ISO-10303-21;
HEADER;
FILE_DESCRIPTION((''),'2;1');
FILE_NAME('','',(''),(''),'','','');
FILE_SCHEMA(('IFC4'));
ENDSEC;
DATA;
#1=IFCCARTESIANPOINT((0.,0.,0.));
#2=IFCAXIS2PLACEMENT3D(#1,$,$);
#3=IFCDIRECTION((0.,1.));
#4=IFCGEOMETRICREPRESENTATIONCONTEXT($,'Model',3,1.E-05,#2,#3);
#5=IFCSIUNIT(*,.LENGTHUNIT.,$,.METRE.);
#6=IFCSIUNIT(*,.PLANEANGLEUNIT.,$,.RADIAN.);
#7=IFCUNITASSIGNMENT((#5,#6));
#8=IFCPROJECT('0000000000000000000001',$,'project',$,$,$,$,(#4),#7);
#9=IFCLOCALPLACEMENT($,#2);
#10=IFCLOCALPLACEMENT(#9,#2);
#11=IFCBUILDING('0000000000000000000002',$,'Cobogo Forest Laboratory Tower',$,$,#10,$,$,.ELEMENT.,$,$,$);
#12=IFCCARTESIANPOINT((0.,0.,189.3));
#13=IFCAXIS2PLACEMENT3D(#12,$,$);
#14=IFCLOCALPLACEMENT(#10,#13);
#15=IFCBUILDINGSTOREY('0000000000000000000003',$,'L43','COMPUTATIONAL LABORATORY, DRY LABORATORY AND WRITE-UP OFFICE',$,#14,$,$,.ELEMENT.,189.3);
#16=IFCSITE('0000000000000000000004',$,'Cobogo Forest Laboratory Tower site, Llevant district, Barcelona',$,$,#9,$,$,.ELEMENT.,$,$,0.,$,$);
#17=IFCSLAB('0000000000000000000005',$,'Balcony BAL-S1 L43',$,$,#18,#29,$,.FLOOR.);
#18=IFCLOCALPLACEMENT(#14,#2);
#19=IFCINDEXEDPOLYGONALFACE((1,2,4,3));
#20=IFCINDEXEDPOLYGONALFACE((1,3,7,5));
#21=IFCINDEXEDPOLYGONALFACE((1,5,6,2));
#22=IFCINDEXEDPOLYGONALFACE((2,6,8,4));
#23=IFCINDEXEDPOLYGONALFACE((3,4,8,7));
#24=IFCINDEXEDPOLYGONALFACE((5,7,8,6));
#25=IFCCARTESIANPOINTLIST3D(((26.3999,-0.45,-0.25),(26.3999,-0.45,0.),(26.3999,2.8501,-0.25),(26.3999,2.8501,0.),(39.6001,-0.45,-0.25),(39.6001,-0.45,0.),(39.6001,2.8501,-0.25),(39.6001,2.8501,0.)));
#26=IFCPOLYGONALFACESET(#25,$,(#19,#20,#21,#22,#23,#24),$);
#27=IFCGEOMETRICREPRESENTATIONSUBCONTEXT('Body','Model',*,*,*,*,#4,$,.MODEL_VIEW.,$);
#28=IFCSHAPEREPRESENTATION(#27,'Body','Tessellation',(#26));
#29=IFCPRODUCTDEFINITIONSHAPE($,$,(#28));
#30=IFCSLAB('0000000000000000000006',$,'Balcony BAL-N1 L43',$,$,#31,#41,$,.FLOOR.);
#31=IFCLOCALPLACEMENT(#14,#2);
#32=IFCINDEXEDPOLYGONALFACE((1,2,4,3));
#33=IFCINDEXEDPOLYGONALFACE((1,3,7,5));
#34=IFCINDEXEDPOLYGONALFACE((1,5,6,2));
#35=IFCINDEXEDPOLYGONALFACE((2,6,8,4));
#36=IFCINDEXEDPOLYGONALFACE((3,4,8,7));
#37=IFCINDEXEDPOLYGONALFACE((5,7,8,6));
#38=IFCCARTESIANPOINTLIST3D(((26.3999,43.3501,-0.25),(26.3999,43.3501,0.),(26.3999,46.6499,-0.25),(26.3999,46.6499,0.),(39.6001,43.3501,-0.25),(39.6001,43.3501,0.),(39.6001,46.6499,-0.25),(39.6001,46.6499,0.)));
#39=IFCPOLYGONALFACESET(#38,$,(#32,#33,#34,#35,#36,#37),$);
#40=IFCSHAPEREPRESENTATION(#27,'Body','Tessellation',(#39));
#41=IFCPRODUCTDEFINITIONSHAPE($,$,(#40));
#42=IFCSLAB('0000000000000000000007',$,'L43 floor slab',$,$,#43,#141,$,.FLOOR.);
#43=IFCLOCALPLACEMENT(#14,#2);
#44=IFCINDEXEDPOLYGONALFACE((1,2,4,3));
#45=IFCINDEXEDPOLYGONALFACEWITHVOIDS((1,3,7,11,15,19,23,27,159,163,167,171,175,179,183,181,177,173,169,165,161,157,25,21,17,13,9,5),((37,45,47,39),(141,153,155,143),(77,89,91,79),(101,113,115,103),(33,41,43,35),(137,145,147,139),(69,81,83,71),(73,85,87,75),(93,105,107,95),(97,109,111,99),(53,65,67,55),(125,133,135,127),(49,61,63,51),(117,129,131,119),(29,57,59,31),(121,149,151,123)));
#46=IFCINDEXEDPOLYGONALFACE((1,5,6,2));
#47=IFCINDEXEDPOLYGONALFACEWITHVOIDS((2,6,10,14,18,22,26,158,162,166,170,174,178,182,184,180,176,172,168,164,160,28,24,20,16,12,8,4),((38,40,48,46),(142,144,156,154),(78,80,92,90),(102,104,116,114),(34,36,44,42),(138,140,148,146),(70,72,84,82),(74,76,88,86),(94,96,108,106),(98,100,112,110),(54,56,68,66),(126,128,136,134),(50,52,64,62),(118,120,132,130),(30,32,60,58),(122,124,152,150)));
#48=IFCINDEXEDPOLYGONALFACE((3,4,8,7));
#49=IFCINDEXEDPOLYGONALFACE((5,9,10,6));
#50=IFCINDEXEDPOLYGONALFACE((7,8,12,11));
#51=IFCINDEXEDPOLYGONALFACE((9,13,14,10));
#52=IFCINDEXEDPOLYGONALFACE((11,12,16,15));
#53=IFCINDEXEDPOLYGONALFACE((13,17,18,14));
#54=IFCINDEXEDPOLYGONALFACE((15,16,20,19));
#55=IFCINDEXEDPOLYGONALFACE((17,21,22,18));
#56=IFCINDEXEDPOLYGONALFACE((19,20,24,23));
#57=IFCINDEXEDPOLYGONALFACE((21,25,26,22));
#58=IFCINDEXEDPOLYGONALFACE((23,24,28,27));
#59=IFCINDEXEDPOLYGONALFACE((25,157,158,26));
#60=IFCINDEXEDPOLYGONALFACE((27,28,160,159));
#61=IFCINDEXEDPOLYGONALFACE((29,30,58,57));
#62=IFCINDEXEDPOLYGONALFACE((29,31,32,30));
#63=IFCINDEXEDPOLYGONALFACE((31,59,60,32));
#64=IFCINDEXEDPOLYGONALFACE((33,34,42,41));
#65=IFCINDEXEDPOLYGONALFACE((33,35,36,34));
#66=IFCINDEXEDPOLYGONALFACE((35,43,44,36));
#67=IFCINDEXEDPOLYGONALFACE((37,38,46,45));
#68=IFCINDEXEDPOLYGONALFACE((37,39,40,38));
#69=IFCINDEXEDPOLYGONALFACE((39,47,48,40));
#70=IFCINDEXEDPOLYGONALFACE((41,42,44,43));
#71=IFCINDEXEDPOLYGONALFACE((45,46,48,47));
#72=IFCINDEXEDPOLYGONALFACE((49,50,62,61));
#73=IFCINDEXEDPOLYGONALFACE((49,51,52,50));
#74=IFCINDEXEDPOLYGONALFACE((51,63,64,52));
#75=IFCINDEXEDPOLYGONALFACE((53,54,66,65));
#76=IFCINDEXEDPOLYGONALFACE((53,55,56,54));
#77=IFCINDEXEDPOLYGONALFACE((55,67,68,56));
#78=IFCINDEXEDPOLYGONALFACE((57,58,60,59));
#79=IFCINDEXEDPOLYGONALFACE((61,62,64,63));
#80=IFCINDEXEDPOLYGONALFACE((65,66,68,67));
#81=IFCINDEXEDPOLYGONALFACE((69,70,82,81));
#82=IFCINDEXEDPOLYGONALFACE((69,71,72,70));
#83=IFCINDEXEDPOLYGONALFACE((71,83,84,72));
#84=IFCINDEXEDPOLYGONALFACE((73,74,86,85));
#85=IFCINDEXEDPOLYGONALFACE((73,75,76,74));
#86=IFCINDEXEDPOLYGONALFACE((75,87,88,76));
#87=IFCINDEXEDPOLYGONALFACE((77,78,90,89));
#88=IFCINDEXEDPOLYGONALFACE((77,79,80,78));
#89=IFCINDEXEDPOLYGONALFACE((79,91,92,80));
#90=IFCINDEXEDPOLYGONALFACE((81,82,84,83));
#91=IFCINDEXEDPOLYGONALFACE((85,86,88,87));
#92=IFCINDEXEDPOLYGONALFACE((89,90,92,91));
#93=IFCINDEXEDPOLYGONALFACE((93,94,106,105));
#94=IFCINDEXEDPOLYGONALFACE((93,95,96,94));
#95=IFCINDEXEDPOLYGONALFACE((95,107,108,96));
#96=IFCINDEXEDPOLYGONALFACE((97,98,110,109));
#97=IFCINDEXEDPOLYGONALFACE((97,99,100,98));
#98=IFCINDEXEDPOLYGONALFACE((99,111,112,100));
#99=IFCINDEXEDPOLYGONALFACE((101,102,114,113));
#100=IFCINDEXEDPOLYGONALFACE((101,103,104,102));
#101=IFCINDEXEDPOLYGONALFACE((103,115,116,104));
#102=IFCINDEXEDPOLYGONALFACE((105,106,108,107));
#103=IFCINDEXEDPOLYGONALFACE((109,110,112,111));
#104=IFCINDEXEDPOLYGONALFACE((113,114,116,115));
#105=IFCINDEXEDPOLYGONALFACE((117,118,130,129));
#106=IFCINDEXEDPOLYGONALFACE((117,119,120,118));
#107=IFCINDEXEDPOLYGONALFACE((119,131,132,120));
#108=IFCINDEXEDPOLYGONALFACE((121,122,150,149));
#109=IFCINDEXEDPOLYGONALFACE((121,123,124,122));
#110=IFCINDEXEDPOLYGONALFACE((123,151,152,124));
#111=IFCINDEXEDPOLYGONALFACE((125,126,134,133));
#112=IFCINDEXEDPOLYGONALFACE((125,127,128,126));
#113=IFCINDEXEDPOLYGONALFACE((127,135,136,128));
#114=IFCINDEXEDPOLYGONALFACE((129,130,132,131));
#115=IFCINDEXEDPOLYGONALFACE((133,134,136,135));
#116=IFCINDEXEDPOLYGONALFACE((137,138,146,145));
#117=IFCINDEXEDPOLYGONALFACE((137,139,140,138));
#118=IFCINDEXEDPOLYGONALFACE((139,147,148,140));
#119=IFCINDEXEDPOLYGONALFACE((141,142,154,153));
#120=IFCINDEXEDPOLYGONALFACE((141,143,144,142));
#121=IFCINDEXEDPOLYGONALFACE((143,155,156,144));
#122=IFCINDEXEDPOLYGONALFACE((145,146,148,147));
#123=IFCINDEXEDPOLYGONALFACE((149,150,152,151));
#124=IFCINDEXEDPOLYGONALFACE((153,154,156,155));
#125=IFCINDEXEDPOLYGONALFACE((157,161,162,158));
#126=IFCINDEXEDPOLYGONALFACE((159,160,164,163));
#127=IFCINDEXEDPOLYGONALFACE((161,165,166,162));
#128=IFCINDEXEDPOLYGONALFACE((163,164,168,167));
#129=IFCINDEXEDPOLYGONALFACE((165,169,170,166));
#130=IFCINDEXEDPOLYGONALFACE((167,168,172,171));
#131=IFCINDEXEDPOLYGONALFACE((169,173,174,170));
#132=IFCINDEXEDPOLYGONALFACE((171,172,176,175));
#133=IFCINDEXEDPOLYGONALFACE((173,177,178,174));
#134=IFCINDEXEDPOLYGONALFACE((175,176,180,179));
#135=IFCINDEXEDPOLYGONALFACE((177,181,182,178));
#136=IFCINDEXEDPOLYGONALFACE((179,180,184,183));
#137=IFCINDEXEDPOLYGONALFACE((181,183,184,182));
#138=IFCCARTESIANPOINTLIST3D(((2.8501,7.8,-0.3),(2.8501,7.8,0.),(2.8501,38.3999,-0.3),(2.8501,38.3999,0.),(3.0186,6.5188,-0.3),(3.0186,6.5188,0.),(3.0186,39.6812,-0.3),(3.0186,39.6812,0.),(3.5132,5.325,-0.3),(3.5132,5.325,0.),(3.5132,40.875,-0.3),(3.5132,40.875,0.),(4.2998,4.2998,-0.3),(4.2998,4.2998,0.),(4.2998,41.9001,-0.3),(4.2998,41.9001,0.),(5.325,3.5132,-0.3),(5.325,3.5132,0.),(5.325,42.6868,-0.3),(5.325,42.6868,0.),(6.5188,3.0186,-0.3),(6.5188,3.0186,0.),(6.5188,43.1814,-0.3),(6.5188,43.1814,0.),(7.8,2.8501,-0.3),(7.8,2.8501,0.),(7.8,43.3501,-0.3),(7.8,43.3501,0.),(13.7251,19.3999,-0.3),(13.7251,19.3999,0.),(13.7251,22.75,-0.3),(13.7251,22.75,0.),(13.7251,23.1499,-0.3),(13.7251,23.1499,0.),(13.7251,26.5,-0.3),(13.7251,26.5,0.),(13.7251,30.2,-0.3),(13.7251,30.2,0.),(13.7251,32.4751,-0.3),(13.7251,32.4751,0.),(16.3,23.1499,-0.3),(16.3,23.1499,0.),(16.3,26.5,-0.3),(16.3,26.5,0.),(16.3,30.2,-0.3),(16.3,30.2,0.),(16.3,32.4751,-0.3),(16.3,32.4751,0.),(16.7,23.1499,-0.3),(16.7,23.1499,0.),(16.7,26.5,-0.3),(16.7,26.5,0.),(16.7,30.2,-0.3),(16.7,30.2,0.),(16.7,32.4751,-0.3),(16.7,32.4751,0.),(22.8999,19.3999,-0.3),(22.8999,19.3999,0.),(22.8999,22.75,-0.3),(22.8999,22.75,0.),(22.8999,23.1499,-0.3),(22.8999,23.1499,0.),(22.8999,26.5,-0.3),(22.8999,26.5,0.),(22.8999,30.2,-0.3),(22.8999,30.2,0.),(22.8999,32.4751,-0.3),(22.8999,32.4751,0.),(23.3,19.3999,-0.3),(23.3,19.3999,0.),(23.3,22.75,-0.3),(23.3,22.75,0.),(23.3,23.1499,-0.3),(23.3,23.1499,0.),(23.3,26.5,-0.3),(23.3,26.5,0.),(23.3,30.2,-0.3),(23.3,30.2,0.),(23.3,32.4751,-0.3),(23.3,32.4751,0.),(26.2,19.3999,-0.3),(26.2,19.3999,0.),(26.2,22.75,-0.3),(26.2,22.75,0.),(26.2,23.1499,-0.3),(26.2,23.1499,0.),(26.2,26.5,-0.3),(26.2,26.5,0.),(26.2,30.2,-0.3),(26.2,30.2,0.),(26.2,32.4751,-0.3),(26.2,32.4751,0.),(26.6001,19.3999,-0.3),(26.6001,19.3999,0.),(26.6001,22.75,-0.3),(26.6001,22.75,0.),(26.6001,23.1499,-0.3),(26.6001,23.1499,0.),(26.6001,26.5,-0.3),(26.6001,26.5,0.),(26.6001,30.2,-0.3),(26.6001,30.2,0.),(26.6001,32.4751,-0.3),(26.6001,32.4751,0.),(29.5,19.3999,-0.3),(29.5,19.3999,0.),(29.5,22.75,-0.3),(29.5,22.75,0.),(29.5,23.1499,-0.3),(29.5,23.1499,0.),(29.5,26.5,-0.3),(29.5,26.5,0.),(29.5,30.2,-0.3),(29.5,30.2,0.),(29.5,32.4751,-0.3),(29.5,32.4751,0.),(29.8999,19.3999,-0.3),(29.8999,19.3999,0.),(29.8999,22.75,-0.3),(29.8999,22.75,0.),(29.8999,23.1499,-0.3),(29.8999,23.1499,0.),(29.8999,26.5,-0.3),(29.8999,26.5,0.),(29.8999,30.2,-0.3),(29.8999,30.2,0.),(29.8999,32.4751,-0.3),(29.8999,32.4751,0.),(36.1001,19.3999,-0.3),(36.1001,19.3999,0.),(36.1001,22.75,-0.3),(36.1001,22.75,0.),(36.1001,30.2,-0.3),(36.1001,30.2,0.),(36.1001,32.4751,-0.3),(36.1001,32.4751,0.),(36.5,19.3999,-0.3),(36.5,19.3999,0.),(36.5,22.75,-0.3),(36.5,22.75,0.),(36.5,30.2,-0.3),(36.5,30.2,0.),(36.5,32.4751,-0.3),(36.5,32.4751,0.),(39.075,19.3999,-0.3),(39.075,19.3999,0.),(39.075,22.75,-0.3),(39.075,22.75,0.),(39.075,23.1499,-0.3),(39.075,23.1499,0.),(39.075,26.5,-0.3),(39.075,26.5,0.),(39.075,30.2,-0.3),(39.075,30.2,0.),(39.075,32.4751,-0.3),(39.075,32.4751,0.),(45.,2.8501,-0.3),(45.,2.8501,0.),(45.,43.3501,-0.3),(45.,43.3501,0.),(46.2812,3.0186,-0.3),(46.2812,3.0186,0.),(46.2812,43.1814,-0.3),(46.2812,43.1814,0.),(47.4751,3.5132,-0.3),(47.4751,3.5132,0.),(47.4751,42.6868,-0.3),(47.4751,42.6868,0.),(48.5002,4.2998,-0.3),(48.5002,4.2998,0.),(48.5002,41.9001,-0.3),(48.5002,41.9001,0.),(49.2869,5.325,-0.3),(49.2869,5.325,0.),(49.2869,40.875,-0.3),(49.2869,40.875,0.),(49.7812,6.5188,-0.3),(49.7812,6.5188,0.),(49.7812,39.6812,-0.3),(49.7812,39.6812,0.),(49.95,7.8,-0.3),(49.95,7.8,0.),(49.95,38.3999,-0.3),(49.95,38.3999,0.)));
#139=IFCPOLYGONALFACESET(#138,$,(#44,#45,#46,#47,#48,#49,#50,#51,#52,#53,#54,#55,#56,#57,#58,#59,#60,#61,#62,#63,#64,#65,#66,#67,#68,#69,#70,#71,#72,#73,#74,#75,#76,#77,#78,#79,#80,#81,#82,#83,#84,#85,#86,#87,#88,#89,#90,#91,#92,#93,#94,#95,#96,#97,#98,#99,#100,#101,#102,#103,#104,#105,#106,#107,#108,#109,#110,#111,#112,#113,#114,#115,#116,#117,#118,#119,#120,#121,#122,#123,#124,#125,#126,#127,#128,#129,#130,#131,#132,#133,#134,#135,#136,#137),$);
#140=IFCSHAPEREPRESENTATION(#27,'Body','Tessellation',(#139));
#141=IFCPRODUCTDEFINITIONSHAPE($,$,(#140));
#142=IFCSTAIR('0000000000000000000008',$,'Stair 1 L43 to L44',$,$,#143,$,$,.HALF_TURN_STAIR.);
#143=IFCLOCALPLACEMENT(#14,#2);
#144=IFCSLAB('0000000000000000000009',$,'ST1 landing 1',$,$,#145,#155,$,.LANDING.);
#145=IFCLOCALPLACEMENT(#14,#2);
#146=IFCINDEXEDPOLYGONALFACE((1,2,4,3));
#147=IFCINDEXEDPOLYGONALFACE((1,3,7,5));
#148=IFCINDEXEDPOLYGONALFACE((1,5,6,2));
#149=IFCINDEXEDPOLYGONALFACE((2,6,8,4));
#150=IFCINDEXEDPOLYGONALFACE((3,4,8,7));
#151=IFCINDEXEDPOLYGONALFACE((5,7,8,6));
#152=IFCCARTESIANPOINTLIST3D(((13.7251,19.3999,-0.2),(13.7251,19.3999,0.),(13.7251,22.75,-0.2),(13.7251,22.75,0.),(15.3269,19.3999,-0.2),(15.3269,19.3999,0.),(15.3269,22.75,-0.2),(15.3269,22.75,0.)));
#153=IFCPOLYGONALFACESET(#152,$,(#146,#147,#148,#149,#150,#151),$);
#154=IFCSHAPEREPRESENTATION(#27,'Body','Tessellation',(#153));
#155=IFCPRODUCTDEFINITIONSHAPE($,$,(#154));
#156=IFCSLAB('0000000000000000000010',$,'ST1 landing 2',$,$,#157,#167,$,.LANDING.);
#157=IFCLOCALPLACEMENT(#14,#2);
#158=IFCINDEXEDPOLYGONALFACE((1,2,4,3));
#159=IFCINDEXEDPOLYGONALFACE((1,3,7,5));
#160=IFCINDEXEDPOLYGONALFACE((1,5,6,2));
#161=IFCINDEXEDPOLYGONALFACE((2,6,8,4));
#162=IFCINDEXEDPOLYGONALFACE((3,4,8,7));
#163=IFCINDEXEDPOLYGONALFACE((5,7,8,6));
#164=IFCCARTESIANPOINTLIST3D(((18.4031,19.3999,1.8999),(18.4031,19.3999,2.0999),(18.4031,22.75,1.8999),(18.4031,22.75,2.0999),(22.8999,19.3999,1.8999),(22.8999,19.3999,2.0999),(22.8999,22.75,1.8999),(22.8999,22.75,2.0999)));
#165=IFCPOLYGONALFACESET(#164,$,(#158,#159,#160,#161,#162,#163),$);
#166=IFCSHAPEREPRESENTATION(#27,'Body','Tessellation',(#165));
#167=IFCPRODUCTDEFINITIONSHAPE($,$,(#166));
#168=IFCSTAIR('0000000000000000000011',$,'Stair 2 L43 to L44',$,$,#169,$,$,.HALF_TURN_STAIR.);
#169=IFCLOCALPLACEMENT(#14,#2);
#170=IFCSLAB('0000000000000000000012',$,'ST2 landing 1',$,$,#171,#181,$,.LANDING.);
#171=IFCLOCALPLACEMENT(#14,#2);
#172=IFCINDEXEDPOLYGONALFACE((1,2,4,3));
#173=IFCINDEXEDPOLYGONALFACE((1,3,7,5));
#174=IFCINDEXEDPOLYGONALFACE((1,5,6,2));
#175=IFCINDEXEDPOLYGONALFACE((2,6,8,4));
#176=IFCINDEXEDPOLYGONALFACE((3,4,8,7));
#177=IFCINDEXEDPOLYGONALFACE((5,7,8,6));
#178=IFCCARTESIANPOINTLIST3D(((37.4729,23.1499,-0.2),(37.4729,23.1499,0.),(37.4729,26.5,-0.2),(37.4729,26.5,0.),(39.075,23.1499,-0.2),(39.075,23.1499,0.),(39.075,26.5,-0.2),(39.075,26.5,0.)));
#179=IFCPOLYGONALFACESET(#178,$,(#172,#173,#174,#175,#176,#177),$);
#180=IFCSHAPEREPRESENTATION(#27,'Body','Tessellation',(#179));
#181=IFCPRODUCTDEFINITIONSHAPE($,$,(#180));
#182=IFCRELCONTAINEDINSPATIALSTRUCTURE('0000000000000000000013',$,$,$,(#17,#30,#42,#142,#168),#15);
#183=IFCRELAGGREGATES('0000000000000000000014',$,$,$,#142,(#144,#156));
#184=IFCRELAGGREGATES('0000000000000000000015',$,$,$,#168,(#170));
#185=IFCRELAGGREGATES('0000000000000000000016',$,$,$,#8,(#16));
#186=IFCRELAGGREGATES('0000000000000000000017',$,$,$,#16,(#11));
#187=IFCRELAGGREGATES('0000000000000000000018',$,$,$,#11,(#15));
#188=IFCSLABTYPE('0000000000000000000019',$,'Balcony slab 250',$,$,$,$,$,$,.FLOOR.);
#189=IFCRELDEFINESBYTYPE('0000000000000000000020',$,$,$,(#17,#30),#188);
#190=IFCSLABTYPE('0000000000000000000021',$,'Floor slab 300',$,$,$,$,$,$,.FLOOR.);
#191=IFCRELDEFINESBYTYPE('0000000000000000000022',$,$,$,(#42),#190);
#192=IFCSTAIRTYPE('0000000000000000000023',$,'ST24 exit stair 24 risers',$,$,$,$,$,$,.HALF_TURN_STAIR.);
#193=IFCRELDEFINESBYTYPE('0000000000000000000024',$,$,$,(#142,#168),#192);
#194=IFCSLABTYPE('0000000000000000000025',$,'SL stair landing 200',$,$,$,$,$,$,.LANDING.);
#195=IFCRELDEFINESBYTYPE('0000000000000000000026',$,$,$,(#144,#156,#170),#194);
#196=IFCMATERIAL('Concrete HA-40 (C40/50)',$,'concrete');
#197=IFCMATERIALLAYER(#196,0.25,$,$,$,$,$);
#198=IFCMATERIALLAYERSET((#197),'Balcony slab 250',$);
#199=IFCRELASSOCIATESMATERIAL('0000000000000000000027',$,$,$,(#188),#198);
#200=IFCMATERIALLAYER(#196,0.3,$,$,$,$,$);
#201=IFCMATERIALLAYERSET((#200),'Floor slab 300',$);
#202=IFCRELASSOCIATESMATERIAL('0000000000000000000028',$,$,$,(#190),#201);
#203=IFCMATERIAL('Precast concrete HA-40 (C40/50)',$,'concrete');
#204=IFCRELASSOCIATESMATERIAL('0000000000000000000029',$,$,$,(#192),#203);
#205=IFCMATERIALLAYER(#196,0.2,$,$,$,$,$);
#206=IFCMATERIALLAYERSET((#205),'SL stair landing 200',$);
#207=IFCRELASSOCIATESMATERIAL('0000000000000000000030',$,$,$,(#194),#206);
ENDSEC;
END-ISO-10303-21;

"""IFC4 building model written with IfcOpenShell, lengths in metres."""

from ifc_helpers import new_model, si_unit, direction, frame, origin, place, context, subcontext, project, spatial, polyline, outline, extrude, material, layer, layer_set, type_object, element, aggregate, save


model = new_model("IFC4")

# Units and contexts
model_context = context("Model", 3, precision=1e-05, world=origin(), true_north=direction((0.0, 1.0)))
body_context = subcontext(model_context, "Body", "Model", "MODEL_VIEW")
ifc_project = project(units=[si_unit("LENGTHUNIT", "METRE"), si_unit("PLANEANGLEUNIT", "RADIAN")], contexts=[model_context])

# Site, building, storey
site_placement = place(None, origin())
site = spatial("IfcSite", under=ifc_project, at=site_placement, Name="Cobogo Forest Laboratory Tower site, Llevant district, Barcelona", CompositionType="ELEMENT", RefElevation=0.0)
building_placement = place(site_placement, origin())
building = spatial("IfcBuilding", under=site, at=building_placement, Name="Cobogo Forest Laboratory Tower", CompositionType="ELEMENT")
storey_placement = place(building_placement, frame((0.0, 0.0, 189.3)))
storey = spatial("IfcBuildingStorey", under=building, at=storey_placement, Name="L43", Description="COMPUTATIONAL LABORATORY, DRY LABORATORY AND WRITE-UP OFFICE", CompositionType="ELEMENT", Elevation=189.3)

# Slabs
ifc_material_1 = material(Name="Concrete HA-40 (C40/50)", Category="concrete")
ifc_layer_1 = layer(ifc_material_1, 0.25)
ifc_layer_set_1 = layer_set([ifc_layer_1], Name="Balcony slab 250")
slab_type_1 = type_object("IfcSlabType", Name="Balcony slab 250", PredefinedType="FLOOR", material=ifc_layer_set_1)
slab_1_placement = place(storey_placement, frame((0.0, 0.0, -0.25)))
element("IfcSlab", 1, at=slab_1_placement, inside=storey, type_object=slab_type_1, Name="Balcony BAL-S1 L43", PredefinedType="FLOOR", context=body_context, shape_type="SweptSolid", body=[
    extrude(outline(polyline([(26.3999, -0.45), (39.6001, -0.45), (39.6001, 2.8501), (26.3999, 2.8501), (26.3999, -0.45)])), origin(), (0.0, 0.0, 1.0), 0.25),
])
slab_2_placement = place(storey_placement, frame((0.0, 0.0, -0.25)))
element("IfcSlab", 2, at=slab_2_placement, inside=storey, type_object=slab_type_1, Name="Balcony BAL-N1 L43", PredefinedType="FLOOR", context=body_context, shape_type="SweptSolid", body=[
    extrude(outline(polyline([(26.3999, 43.3501), (39.6001, 43.3501), (39.6001, 46.6499), (26.3999, 46.6499), (26.3999, 43.3501)])), origin(), (0.0, 0.0, 1.0), 0.25),
])
ifc_layer_2 = layer(ifc_material_1, 0.3)
ifc_layer_set_2 = layer_set([ifc_layer_2], Name="Floor slab 300")
slab_type_2 = type_object("IfcSlabType", Name="Floor slab 300", PredefinedType="FLOOR", material=ifc_layer_set_2)
slab_3_placement = place(storey_placement, frame((0.0, 0.0, -0.3)))
element("IfcSlab", 3, at=slab_3_placement, inside=storey, type_object=slab_type_2, Name="L43 floor slab", PredefinedType="FLOOR", context=body_context, shape_type="SweptSolid", body=[
    extrude(outline(polyline([(45.0, 2.8501), (46.2812, 3.0186), (47.4751, 3.5132), (48.5002, 4.2998), (49.2869, 5.325), (49.7812, 6.5188), (49.95, 7.8), (49.95, 38.3999), (49.7812, 39.6812), (49.2869, 40.875), (48.5002, 41.9001), (47.4751, 42.6868), (46.2812, 43.1814), (45.0, 43.3501), (7.8, 43.3501), (6.5188, 43.1814), (5.325, 42.6868), (4.2998, 41.9001), (3.5132, 40.875), (3.0186, 39.6812), (2.8501, 38.3999), (2.8501, 7.8), (3.0186, 6.5188), (3.5132, 5.325), (4.2998, 4.2998), (5.325, 3.5132), (6.5188, 3.0186), (7.8, 2.8501), (45.0, 2.8501)]), holes=[polyline([(22.8999, 19.3999), (13.7251, 19.3999), (13.7251, 22.75), (22.8999, 22.75), (22.8999, 19.3999)]), polyline([(26.2, 19.3999), (23.3, 19.3999), (23.3, 22.75), (26.2, 22.75), (26.2, 19.3999)]), polyline([(29.5, 19.3999), (26.6001, 19.3999), (26.6001, 22.75), (29.5, 22.75), (29.5, 19.3999)]), polyline([(36.1001, 22.75), (36.1001, 19.3999), (29.8999, 19.3999), (29.8999, 22.75), (36.1001, 22.75)]), polyline([(36.5, 19.3999), (36.5, 22.75), (39.075, 22.75), (39.075, 19.3999), (36.5, 19.3999)]), polyline([(16.3, 23.1499), (13.7251, 23.1499), (13.7251, 26.5), (16.3, 26.5), (16.3, 23.1499)]), polyline([(22.8999, 26.5), (22.8999, 23.1499), (16.7, 23.1499), (16.7, 26.5), (22.8999, 26.5)]), polyline([(26.2, 23.1499), (23.3, 23.1499), (23.3, 26.5), (26.2, 26.5), (26.2, 23.1499)]), polyline([(26.6001, 23.1499), (26.6001, 26.5), (29.5, 26.5), (29.5, 23.1499), (26.6001, 23.1499)]), polyline([(39.075, 23.1499), (29.8999, 23.1499), (29.8999, 26.5), (39.075, 26.5), (39.075, 23.1499)]), polyline([(16.3, 30.2), (13.7251, 30.2), (13.7251, 32.4751), (16.3, 32.4751), (16.3, 30.2)]), polyline([(22.8999, 32.4751), (22.8999, 30.2), (16.7, 30.2), (16.7, 32.4751), (22.8999, 32.4751)]), polyline([(23.3, 30.2), (23.3, 32.4751), (26.2, 32.4751), (26.2, 30.2), (23.3, 30.2)]), polyline([(29.5, 30.2), (26.6001, 30.2), (26.6001, 32.4751), (29.5, 32.4751), (29.5, 30.2)]), polyline([(36.1001, 32.4751), (36.1001, 30.2), (29.8999, 30.2), (29.8999, 32.4751), (36.1001, 32.4751)]), polyline([(36.5, 30.2), (36.5, 32.4751), (39.075, 32.4751), (39.075, 30.2), (36.5, 30.2)])]), origin(), (0.0, 0.0, 1.0), 0.3),
])

# Stairs, slabs
ifc_material_2 = material(Name="Precast concrete HA-40 (C40/50)", Category="concrete")
stair_type = type_object("IfcStairType", Name="ST24 exit stair 24 risers", PredefinedType="HALF_TURN_STAIR", material=ifc_material_2)
stair_1_placement = place(storey_placement, origin())
stair_1 = element("IfcStair", 4, at=stair_1_placement, inside=storey, type_object=stair_type, Name="Stair 1 L43 to L44", PredefinedType="HALF_TURN_STAIR")
ifc_layer_3 = layer(ifc_material_1, 0.2)
ifc_layer_set_3 = layer_set([ifc_layer_3], Name="SL stair landing 200")
slab_type_3 = type_object("IfcSlabType", Name="SL stair landing 200", PredefinedType="LANDING", material=ifc_layer_set_3)
slab_4_placement = place(storey_placement, frame((0.0, 0.0, -0.2)))
slab_4 = element("IfcSlab", 5, at=slab_4_placement, type_object=slab_type_3, Name="ST1 landing 1", PredefinedType="LANDING", context=body_context, shape_type="SweptSolid", body=[
    extrude(outline(polyline([(13.7251, 19.3999), (15.3269, 19.3999), (15.3269, 22.75), (13.7251, 22.75), (13.7251, 19.3999)])), origin(), (0.0, 0.0, 1.0), 0.2),
])
slab_5_placement = place(storey_placement, frame((0.0, 0.0, 1.8999)))
slab_5 = element("IfcSlab", 6, at=slab_5_placement, type_object=slab_type_3, Name="ST1 landing 2", PredefinedType="LANDING", context=body_context, shape_type="SweptSolid", body=[
    extrude(outline(polyline([(18.4031, 19.3999), (22.8999, 19.3999), (22.8999, 22.75), (18.4031, 22.75), (18.4031, 19.3999)])), origin(), (0.0, 0.0, 1.0), 0.2),
])
aggregate(stair_1, [slab_4, slab_5])
stair_2_placement = place(storey_placement, origin())
stair_2 = element("IfcStair", 7, at=stair_2_placement, inside=storey, type_object=stair_type, Name="Stair 2 L43 to L44", PredefinedType="HALF_TURN_STAIR")
slab_6_placement = place(storey_placement, frame((0.0, 0.0, -0.2)))
slab_6 = element("IfcSlab", 8, at=slab_6_placement, type_object=slab_type_3, Name="ST2 landing 1", PredefinedType="LANDING", context=body_context, shape_type="SweptSolid", body=[
    extrude(outline(polyline([(37.4729, 23.1499), (39.075, 23.1499), (39.075, 26.5), (37.4729, 26.5), (37.4729, 23.1499)])), origin(), (0.0, 0.0, 1.0), 0.2),
])
aggregate(stair_2, [slab_6])

save(model, "model.ifc")
